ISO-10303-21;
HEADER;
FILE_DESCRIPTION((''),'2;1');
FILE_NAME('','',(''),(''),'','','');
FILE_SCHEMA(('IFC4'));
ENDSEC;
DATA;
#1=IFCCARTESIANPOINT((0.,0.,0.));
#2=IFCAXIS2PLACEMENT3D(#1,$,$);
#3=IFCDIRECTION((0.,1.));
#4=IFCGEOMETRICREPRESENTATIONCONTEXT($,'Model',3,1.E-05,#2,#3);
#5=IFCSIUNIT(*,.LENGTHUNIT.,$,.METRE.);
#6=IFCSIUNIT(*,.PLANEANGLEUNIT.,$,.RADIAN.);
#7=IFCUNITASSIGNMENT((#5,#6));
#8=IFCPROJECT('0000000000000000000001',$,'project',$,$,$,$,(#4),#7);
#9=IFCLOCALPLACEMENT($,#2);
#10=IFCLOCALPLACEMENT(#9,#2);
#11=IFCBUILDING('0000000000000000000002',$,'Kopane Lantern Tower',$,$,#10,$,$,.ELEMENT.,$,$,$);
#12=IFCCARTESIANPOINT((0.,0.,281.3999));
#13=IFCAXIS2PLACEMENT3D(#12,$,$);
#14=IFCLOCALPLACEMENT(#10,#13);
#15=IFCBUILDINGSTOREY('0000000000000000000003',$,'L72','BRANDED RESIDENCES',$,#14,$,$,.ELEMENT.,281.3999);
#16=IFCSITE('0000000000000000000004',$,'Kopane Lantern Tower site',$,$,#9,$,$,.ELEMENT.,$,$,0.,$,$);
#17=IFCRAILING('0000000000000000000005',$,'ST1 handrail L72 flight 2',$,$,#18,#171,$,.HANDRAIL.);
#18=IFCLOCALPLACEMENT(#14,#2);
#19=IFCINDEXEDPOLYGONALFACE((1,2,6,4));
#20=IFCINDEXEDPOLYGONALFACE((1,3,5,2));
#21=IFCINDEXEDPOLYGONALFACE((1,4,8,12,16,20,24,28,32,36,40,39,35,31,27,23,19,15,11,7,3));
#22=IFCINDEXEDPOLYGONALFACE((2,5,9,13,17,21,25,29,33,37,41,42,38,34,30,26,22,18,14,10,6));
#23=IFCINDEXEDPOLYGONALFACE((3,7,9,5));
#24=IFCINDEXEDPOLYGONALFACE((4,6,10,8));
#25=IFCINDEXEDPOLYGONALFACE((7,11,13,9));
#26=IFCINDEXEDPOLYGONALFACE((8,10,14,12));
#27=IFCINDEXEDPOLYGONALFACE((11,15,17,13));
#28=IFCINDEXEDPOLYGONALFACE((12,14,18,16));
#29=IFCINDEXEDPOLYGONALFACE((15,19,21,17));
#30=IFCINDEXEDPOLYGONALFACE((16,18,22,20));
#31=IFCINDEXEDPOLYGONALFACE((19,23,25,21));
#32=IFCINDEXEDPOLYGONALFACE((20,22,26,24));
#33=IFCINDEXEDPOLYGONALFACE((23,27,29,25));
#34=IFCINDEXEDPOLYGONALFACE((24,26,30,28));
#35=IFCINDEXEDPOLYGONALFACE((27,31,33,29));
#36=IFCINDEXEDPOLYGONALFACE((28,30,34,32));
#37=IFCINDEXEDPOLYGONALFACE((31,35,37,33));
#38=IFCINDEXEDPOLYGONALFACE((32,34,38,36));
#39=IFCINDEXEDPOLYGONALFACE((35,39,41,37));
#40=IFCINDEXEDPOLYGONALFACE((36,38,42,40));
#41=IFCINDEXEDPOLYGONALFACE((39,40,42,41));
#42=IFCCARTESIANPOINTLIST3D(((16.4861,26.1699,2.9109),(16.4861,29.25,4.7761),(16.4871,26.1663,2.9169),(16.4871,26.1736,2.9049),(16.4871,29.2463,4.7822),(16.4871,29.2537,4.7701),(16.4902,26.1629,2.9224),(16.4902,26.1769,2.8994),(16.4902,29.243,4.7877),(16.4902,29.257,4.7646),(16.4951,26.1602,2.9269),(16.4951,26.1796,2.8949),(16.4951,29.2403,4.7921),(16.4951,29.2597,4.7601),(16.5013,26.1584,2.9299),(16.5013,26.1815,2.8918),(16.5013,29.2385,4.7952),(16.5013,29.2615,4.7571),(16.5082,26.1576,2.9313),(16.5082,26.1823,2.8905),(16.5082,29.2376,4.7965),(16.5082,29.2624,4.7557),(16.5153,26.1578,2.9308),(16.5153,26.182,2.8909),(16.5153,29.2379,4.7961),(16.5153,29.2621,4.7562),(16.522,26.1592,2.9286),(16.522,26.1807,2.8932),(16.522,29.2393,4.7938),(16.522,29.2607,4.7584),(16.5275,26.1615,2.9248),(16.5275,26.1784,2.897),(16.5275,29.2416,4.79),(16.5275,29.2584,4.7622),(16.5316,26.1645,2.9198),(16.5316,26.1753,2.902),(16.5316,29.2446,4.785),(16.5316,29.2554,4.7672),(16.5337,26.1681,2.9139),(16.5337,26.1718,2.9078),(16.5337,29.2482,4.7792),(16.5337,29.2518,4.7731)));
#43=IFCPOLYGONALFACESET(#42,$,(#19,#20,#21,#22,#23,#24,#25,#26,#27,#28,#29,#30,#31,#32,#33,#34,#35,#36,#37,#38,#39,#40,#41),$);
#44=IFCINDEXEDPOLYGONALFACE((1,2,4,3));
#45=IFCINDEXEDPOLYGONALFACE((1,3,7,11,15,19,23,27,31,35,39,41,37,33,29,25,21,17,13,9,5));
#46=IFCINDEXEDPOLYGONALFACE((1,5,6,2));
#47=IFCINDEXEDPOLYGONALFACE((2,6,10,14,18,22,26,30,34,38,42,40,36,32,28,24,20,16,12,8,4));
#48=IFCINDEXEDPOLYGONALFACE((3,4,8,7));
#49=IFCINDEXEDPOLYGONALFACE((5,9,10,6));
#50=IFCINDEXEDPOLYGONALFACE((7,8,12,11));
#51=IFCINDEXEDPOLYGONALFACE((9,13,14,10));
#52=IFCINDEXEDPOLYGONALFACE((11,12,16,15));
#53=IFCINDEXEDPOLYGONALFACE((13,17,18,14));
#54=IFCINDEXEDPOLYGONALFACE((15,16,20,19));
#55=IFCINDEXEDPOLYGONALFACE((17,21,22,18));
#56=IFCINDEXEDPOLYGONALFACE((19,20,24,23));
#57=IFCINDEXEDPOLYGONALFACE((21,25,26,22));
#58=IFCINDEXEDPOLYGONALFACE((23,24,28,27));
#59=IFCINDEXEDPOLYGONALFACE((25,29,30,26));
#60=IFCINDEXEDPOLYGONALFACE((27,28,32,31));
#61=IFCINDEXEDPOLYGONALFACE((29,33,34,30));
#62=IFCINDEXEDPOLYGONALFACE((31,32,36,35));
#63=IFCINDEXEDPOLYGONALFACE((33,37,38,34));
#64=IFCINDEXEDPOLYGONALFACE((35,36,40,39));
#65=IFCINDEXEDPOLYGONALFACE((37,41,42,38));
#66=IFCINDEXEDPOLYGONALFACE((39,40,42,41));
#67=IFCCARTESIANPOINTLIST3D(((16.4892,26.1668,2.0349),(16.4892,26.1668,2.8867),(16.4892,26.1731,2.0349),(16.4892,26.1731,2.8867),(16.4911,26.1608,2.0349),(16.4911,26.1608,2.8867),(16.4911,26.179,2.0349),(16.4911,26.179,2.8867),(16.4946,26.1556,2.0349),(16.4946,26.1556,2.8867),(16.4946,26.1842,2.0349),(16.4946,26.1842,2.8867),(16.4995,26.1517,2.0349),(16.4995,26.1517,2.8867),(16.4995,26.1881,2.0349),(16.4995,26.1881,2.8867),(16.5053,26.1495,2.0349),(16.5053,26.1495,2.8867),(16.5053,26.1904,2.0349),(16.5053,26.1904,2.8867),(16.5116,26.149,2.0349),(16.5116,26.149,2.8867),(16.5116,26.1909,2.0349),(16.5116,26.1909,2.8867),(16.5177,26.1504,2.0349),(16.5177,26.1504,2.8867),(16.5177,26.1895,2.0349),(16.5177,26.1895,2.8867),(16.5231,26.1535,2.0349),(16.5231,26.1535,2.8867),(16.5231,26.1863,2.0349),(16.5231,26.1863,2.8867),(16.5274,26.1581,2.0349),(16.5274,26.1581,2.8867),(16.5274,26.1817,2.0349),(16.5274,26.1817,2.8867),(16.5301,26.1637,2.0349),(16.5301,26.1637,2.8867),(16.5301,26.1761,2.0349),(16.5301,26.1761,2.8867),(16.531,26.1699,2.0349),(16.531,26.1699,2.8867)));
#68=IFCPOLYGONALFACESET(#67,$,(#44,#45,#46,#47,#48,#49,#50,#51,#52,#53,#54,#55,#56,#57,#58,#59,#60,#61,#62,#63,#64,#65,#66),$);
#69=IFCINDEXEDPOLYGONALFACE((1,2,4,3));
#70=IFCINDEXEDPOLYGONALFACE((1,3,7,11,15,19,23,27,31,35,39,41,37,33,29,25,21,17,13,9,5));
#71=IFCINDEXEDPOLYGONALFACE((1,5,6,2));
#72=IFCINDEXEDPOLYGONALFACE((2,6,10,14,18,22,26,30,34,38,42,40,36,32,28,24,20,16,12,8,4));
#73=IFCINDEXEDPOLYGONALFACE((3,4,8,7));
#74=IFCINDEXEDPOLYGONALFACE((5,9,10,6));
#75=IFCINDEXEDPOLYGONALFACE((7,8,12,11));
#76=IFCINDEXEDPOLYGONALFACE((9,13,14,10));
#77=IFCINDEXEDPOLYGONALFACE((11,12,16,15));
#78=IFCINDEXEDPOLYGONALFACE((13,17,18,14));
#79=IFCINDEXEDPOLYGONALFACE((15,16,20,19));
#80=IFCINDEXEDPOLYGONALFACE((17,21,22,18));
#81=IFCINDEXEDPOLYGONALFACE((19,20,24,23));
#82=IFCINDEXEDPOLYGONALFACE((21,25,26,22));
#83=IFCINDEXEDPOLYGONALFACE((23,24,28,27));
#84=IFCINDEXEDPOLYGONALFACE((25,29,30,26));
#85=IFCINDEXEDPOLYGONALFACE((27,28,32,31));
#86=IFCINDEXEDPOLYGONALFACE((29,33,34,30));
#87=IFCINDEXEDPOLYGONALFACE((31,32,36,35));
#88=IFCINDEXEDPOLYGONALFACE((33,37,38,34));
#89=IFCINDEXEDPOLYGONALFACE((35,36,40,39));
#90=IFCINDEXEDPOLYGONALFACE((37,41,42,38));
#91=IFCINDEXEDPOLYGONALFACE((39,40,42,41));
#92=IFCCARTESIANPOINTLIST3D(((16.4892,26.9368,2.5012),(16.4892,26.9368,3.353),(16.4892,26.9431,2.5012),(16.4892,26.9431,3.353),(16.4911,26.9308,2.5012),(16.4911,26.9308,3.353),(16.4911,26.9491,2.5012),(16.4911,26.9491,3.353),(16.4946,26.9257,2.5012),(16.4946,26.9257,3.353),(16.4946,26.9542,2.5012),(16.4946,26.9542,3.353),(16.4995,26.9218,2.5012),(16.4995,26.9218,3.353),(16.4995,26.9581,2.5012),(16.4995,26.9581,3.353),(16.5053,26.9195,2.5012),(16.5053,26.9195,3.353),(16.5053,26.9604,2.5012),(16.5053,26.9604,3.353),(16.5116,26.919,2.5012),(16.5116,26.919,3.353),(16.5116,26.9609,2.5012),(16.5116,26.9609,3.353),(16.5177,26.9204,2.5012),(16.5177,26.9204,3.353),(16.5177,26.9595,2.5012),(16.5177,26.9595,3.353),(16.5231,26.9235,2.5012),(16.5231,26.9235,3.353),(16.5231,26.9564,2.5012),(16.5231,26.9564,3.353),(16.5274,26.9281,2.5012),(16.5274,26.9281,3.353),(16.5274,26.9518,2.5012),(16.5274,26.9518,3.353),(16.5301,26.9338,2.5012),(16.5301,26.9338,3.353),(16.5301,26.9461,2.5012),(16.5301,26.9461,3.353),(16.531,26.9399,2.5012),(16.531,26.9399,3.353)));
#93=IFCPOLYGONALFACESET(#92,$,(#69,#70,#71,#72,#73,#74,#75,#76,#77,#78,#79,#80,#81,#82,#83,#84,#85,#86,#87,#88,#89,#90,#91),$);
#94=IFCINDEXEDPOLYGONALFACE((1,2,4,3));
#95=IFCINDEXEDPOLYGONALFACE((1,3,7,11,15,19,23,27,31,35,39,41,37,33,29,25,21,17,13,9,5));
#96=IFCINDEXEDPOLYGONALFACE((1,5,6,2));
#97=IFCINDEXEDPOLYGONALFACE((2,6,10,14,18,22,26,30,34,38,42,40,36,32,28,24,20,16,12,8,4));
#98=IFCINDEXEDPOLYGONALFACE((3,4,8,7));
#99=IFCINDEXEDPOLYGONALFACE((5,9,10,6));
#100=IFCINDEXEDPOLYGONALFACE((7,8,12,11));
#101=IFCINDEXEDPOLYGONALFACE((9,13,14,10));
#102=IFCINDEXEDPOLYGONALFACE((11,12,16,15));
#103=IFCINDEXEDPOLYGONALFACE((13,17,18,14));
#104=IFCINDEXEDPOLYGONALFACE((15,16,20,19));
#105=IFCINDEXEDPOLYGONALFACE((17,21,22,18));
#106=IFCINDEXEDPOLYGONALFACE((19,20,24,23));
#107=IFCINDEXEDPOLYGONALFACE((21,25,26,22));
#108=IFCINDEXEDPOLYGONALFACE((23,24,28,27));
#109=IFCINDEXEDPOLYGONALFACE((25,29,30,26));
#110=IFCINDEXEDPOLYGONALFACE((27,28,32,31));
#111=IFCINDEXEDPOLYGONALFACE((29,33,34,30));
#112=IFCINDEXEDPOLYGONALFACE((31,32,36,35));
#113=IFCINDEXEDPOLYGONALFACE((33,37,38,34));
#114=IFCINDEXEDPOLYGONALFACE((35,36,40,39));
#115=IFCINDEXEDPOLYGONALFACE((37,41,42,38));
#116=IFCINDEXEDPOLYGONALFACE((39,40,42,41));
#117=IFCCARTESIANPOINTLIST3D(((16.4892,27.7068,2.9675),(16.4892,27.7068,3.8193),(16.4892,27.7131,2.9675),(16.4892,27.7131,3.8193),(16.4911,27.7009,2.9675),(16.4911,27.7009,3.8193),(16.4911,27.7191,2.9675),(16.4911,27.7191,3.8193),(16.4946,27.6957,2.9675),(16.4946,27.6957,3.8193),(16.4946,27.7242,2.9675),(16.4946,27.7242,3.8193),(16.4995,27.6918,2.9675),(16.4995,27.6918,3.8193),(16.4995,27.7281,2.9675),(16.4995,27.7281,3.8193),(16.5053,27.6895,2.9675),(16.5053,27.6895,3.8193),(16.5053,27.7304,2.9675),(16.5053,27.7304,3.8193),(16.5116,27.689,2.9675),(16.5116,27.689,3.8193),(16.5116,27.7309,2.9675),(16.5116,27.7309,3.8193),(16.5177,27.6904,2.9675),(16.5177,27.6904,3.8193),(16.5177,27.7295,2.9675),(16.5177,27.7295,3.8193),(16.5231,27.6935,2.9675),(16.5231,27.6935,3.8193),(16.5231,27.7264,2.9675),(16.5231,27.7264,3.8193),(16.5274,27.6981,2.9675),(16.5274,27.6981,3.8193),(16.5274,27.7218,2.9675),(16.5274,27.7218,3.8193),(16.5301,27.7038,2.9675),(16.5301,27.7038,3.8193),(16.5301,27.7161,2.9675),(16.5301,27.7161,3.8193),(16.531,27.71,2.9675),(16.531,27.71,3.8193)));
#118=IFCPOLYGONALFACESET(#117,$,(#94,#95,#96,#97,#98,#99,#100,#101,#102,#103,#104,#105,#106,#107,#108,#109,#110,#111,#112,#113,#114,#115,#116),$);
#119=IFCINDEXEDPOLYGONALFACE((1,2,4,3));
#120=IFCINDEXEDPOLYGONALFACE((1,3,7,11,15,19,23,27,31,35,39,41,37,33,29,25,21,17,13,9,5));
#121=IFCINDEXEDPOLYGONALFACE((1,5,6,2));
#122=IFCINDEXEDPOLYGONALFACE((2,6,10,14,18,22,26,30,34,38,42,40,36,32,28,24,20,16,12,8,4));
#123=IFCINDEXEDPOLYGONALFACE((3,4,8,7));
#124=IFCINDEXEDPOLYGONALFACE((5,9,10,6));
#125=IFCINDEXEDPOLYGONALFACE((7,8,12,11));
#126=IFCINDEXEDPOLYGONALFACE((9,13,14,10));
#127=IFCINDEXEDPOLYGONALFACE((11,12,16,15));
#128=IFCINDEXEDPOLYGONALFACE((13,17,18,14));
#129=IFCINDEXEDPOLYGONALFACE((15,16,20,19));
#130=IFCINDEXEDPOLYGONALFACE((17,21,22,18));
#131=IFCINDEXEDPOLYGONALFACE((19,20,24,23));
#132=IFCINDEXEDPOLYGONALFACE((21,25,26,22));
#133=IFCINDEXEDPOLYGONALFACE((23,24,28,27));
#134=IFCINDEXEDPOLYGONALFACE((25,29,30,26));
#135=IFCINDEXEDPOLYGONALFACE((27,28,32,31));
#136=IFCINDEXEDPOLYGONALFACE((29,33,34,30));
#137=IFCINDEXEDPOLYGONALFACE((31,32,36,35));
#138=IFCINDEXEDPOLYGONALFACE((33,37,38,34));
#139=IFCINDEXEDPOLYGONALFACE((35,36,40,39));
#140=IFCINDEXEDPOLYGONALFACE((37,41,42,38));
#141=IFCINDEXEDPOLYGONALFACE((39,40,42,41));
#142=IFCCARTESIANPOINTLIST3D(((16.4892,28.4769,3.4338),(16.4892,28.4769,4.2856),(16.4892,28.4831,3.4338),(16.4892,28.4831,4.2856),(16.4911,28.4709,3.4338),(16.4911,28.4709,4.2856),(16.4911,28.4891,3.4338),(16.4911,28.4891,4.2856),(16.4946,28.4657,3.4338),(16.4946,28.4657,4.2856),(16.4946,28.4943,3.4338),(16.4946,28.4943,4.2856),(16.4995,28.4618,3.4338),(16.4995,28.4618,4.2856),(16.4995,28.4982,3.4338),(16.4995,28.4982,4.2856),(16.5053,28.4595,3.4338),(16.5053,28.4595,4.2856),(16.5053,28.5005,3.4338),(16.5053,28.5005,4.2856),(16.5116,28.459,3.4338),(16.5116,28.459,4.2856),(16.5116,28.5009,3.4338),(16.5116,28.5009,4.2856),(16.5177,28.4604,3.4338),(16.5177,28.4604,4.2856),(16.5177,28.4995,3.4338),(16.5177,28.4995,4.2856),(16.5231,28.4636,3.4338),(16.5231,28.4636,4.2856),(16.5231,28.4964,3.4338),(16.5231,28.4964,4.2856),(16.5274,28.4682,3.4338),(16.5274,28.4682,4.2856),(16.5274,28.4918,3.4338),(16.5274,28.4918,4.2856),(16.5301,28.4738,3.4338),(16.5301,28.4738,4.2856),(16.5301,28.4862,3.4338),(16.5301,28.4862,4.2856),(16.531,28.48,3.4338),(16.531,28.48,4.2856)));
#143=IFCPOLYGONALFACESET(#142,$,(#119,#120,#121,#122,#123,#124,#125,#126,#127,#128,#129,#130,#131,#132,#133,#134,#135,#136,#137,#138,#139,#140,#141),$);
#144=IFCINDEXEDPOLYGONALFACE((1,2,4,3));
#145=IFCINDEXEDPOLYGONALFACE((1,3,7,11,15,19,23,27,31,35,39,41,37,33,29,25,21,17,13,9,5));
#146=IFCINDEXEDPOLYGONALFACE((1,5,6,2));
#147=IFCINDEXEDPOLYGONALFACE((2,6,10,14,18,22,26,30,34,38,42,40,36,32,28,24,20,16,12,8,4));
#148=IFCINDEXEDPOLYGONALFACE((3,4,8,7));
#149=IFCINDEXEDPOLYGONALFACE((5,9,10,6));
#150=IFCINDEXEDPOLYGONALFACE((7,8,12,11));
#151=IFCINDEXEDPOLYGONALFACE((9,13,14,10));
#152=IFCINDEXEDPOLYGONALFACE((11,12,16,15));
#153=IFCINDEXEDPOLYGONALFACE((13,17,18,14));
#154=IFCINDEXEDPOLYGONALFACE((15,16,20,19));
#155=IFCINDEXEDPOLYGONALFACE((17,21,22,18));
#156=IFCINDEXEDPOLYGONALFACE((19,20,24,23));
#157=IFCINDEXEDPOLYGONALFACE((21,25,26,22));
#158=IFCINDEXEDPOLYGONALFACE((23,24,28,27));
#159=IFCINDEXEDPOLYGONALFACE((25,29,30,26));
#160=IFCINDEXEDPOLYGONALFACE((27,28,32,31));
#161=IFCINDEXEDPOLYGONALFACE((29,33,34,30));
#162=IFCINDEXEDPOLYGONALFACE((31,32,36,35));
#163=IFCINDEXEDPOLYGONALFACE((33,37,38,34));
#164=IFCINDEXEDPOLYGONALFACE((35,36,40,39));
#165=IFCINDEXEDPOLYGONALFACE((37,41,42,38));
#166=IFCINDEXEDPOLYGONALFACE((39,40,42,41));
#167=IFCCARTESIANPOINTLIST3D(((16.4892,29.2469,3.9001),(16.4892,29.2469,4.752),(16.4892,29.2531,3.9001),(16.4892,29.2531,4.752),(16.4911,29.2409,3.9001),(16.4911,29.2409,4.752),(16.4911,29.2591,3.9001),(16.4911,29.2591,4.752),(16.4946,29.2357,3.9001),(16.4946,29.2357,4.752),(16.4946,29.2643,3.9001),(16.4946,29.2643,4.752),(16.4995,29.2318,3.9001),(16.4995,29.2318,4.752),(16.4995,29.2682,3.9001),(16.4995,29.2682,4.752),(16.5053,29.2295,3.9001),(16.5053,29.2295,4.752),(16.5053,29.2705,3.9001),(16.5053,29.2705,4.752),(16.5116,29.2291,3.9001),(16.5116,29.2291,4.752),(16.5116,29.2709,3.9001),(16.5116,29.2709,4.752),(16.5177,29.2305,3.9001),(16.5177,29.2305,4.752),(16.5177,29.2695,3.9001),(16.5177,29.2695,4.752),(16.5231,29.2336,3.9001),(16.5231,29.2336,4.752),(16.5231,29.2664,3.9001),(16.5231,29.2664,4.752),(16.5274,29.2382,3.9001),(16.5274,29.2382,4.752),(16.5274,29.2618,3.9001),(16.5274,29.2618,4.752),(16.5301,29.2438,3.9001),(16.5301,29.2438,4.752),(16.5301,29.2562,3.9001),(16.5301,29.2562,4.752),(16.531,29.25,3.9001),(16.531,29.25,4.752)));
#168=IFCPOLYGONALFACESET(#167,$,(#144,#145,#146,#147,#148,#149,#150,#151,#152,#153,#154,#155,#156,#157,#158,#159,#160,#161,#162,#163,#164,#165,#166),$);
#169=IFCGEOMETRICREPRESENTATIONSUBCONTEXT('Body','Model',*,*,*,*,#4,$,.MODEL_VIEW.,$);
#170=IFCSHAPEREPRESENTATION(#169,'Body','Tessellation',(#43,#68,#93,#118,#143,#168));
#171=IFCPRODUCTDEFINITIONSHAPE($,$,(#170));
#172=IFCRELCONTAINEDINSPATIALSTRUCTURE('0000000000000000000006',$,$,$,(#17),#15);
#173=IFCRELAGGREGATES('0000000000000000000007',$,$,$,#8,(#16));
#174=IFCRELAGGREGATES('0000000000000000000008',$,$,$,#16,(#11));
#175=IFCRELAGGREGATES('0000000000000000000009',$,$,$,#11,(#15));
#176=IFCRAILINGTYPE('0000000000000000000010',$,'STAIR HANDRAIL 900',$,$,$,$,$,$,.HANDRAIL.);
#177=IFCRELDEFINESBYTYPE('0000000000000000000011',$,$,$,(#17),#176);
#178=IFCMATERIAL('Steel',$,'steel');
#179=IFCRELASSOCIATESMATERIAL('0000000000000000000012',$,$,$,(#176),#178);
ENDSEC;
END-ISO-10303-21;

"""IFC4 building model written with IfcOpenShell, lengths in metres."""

from ifc_helpers import new_model, si_unit, direction, frame, origin, origin_2d, place, context, subcontext, project, spatial, circle, extrude, material, type_object, element, save


model = new_model("IFC4")

# Units and contexts
model_context = context("Model", 3, precision=1e-05, world=origin(), true_north=direction((0.0, 1.0)))
body_context = subcontext(model_context, "Body", "Model", "MODEL_VIEW")
ifc_project = project(units=[si_unit("LENGTHUNIT", "METRE"), si_unit("PLANEANGLEUNIT", "RADIAN")], contexts=[model_context])

# Site, building, storey
site_placement = place(None, origin())
site = spatial("IfcSite", under=ifc_project, at=site_placement, Name="Kopane Lantern Tower site", CompositionType="ELEMENT", RefElevation=0.0)
building_placement = place(site_placement, origin())
building = spatial("IfcBuilding", under=site, at=building_placement, Name="Kopane Lantern Tower", CompositionType="ELEMENT")
storey_placement = place(building_placement, frame((0.0, 0.0, 281.3999)))
storey = spatial("IfcBuildingStorey", under=building, at=storey_placement, Name="L72", Description="BRANDED RESIDENCES", CompositionType="ELEMENT", Elevation=281.3999)

# Railing
ifc_material_1 = material(Name="Steel", Category="steel")
railing_type_1 = type_object("IfcRailingType", Name="STAIR HANDRAIL 900", PredefinedType="HANDRAIL", material=ifc_material_1)
for number, where, name in (
    (1, (16.51, 26.1699, 2.0349), "ST1 handrail L72 flight 2"),
):
    element("IfcRailing", number, at=place(storey_placement, frame(where)), inside=storey, type_object=railing_type_1, Name=name, PredefinedType="HANDRAIL", context=body_context, shape_type="SweptSolid", body=[
        extrude(circle(Radius=0.0239, at=origin_2d()), frame((0.0, 0.0, 0.876), z_axis=(0.0, 0.85538, 0.518001), x_axis=(-1.0, 0.0, 0.0)), (0.0, 0.0, 1.0), 3.6008),
        extrude(circle(Radius=0.021, at=origin_2d()), origin(), (0.0, 0.0, 1.0), 0.8518),
        extrude(circle(Radius=0.021, at=origin_2d()), frame((0.0, 0.77, 0.4663)), (0.0, 0.0, 1.0), 0.8518),
        extrude(circle(Radius=0.021, at=origin_2d()), frame((0.0, 1.54, 0.9326)), (0.0, 0.0, 1.0), 0.8518),
        extrude(circle(Radius=0.021, at=origin_2d()), frame((0.0, 2.3101, 1.3989)), (0.0, 0.0, 1.0), 0.8518),
        extrude(circle(Radius=0.021, at=origin_2d()), frame((0.0, 3.0801, 1.8652)), (0.0, 0.0, 1.0), 0.8518),
    ])

save(model, "model.ifc")
